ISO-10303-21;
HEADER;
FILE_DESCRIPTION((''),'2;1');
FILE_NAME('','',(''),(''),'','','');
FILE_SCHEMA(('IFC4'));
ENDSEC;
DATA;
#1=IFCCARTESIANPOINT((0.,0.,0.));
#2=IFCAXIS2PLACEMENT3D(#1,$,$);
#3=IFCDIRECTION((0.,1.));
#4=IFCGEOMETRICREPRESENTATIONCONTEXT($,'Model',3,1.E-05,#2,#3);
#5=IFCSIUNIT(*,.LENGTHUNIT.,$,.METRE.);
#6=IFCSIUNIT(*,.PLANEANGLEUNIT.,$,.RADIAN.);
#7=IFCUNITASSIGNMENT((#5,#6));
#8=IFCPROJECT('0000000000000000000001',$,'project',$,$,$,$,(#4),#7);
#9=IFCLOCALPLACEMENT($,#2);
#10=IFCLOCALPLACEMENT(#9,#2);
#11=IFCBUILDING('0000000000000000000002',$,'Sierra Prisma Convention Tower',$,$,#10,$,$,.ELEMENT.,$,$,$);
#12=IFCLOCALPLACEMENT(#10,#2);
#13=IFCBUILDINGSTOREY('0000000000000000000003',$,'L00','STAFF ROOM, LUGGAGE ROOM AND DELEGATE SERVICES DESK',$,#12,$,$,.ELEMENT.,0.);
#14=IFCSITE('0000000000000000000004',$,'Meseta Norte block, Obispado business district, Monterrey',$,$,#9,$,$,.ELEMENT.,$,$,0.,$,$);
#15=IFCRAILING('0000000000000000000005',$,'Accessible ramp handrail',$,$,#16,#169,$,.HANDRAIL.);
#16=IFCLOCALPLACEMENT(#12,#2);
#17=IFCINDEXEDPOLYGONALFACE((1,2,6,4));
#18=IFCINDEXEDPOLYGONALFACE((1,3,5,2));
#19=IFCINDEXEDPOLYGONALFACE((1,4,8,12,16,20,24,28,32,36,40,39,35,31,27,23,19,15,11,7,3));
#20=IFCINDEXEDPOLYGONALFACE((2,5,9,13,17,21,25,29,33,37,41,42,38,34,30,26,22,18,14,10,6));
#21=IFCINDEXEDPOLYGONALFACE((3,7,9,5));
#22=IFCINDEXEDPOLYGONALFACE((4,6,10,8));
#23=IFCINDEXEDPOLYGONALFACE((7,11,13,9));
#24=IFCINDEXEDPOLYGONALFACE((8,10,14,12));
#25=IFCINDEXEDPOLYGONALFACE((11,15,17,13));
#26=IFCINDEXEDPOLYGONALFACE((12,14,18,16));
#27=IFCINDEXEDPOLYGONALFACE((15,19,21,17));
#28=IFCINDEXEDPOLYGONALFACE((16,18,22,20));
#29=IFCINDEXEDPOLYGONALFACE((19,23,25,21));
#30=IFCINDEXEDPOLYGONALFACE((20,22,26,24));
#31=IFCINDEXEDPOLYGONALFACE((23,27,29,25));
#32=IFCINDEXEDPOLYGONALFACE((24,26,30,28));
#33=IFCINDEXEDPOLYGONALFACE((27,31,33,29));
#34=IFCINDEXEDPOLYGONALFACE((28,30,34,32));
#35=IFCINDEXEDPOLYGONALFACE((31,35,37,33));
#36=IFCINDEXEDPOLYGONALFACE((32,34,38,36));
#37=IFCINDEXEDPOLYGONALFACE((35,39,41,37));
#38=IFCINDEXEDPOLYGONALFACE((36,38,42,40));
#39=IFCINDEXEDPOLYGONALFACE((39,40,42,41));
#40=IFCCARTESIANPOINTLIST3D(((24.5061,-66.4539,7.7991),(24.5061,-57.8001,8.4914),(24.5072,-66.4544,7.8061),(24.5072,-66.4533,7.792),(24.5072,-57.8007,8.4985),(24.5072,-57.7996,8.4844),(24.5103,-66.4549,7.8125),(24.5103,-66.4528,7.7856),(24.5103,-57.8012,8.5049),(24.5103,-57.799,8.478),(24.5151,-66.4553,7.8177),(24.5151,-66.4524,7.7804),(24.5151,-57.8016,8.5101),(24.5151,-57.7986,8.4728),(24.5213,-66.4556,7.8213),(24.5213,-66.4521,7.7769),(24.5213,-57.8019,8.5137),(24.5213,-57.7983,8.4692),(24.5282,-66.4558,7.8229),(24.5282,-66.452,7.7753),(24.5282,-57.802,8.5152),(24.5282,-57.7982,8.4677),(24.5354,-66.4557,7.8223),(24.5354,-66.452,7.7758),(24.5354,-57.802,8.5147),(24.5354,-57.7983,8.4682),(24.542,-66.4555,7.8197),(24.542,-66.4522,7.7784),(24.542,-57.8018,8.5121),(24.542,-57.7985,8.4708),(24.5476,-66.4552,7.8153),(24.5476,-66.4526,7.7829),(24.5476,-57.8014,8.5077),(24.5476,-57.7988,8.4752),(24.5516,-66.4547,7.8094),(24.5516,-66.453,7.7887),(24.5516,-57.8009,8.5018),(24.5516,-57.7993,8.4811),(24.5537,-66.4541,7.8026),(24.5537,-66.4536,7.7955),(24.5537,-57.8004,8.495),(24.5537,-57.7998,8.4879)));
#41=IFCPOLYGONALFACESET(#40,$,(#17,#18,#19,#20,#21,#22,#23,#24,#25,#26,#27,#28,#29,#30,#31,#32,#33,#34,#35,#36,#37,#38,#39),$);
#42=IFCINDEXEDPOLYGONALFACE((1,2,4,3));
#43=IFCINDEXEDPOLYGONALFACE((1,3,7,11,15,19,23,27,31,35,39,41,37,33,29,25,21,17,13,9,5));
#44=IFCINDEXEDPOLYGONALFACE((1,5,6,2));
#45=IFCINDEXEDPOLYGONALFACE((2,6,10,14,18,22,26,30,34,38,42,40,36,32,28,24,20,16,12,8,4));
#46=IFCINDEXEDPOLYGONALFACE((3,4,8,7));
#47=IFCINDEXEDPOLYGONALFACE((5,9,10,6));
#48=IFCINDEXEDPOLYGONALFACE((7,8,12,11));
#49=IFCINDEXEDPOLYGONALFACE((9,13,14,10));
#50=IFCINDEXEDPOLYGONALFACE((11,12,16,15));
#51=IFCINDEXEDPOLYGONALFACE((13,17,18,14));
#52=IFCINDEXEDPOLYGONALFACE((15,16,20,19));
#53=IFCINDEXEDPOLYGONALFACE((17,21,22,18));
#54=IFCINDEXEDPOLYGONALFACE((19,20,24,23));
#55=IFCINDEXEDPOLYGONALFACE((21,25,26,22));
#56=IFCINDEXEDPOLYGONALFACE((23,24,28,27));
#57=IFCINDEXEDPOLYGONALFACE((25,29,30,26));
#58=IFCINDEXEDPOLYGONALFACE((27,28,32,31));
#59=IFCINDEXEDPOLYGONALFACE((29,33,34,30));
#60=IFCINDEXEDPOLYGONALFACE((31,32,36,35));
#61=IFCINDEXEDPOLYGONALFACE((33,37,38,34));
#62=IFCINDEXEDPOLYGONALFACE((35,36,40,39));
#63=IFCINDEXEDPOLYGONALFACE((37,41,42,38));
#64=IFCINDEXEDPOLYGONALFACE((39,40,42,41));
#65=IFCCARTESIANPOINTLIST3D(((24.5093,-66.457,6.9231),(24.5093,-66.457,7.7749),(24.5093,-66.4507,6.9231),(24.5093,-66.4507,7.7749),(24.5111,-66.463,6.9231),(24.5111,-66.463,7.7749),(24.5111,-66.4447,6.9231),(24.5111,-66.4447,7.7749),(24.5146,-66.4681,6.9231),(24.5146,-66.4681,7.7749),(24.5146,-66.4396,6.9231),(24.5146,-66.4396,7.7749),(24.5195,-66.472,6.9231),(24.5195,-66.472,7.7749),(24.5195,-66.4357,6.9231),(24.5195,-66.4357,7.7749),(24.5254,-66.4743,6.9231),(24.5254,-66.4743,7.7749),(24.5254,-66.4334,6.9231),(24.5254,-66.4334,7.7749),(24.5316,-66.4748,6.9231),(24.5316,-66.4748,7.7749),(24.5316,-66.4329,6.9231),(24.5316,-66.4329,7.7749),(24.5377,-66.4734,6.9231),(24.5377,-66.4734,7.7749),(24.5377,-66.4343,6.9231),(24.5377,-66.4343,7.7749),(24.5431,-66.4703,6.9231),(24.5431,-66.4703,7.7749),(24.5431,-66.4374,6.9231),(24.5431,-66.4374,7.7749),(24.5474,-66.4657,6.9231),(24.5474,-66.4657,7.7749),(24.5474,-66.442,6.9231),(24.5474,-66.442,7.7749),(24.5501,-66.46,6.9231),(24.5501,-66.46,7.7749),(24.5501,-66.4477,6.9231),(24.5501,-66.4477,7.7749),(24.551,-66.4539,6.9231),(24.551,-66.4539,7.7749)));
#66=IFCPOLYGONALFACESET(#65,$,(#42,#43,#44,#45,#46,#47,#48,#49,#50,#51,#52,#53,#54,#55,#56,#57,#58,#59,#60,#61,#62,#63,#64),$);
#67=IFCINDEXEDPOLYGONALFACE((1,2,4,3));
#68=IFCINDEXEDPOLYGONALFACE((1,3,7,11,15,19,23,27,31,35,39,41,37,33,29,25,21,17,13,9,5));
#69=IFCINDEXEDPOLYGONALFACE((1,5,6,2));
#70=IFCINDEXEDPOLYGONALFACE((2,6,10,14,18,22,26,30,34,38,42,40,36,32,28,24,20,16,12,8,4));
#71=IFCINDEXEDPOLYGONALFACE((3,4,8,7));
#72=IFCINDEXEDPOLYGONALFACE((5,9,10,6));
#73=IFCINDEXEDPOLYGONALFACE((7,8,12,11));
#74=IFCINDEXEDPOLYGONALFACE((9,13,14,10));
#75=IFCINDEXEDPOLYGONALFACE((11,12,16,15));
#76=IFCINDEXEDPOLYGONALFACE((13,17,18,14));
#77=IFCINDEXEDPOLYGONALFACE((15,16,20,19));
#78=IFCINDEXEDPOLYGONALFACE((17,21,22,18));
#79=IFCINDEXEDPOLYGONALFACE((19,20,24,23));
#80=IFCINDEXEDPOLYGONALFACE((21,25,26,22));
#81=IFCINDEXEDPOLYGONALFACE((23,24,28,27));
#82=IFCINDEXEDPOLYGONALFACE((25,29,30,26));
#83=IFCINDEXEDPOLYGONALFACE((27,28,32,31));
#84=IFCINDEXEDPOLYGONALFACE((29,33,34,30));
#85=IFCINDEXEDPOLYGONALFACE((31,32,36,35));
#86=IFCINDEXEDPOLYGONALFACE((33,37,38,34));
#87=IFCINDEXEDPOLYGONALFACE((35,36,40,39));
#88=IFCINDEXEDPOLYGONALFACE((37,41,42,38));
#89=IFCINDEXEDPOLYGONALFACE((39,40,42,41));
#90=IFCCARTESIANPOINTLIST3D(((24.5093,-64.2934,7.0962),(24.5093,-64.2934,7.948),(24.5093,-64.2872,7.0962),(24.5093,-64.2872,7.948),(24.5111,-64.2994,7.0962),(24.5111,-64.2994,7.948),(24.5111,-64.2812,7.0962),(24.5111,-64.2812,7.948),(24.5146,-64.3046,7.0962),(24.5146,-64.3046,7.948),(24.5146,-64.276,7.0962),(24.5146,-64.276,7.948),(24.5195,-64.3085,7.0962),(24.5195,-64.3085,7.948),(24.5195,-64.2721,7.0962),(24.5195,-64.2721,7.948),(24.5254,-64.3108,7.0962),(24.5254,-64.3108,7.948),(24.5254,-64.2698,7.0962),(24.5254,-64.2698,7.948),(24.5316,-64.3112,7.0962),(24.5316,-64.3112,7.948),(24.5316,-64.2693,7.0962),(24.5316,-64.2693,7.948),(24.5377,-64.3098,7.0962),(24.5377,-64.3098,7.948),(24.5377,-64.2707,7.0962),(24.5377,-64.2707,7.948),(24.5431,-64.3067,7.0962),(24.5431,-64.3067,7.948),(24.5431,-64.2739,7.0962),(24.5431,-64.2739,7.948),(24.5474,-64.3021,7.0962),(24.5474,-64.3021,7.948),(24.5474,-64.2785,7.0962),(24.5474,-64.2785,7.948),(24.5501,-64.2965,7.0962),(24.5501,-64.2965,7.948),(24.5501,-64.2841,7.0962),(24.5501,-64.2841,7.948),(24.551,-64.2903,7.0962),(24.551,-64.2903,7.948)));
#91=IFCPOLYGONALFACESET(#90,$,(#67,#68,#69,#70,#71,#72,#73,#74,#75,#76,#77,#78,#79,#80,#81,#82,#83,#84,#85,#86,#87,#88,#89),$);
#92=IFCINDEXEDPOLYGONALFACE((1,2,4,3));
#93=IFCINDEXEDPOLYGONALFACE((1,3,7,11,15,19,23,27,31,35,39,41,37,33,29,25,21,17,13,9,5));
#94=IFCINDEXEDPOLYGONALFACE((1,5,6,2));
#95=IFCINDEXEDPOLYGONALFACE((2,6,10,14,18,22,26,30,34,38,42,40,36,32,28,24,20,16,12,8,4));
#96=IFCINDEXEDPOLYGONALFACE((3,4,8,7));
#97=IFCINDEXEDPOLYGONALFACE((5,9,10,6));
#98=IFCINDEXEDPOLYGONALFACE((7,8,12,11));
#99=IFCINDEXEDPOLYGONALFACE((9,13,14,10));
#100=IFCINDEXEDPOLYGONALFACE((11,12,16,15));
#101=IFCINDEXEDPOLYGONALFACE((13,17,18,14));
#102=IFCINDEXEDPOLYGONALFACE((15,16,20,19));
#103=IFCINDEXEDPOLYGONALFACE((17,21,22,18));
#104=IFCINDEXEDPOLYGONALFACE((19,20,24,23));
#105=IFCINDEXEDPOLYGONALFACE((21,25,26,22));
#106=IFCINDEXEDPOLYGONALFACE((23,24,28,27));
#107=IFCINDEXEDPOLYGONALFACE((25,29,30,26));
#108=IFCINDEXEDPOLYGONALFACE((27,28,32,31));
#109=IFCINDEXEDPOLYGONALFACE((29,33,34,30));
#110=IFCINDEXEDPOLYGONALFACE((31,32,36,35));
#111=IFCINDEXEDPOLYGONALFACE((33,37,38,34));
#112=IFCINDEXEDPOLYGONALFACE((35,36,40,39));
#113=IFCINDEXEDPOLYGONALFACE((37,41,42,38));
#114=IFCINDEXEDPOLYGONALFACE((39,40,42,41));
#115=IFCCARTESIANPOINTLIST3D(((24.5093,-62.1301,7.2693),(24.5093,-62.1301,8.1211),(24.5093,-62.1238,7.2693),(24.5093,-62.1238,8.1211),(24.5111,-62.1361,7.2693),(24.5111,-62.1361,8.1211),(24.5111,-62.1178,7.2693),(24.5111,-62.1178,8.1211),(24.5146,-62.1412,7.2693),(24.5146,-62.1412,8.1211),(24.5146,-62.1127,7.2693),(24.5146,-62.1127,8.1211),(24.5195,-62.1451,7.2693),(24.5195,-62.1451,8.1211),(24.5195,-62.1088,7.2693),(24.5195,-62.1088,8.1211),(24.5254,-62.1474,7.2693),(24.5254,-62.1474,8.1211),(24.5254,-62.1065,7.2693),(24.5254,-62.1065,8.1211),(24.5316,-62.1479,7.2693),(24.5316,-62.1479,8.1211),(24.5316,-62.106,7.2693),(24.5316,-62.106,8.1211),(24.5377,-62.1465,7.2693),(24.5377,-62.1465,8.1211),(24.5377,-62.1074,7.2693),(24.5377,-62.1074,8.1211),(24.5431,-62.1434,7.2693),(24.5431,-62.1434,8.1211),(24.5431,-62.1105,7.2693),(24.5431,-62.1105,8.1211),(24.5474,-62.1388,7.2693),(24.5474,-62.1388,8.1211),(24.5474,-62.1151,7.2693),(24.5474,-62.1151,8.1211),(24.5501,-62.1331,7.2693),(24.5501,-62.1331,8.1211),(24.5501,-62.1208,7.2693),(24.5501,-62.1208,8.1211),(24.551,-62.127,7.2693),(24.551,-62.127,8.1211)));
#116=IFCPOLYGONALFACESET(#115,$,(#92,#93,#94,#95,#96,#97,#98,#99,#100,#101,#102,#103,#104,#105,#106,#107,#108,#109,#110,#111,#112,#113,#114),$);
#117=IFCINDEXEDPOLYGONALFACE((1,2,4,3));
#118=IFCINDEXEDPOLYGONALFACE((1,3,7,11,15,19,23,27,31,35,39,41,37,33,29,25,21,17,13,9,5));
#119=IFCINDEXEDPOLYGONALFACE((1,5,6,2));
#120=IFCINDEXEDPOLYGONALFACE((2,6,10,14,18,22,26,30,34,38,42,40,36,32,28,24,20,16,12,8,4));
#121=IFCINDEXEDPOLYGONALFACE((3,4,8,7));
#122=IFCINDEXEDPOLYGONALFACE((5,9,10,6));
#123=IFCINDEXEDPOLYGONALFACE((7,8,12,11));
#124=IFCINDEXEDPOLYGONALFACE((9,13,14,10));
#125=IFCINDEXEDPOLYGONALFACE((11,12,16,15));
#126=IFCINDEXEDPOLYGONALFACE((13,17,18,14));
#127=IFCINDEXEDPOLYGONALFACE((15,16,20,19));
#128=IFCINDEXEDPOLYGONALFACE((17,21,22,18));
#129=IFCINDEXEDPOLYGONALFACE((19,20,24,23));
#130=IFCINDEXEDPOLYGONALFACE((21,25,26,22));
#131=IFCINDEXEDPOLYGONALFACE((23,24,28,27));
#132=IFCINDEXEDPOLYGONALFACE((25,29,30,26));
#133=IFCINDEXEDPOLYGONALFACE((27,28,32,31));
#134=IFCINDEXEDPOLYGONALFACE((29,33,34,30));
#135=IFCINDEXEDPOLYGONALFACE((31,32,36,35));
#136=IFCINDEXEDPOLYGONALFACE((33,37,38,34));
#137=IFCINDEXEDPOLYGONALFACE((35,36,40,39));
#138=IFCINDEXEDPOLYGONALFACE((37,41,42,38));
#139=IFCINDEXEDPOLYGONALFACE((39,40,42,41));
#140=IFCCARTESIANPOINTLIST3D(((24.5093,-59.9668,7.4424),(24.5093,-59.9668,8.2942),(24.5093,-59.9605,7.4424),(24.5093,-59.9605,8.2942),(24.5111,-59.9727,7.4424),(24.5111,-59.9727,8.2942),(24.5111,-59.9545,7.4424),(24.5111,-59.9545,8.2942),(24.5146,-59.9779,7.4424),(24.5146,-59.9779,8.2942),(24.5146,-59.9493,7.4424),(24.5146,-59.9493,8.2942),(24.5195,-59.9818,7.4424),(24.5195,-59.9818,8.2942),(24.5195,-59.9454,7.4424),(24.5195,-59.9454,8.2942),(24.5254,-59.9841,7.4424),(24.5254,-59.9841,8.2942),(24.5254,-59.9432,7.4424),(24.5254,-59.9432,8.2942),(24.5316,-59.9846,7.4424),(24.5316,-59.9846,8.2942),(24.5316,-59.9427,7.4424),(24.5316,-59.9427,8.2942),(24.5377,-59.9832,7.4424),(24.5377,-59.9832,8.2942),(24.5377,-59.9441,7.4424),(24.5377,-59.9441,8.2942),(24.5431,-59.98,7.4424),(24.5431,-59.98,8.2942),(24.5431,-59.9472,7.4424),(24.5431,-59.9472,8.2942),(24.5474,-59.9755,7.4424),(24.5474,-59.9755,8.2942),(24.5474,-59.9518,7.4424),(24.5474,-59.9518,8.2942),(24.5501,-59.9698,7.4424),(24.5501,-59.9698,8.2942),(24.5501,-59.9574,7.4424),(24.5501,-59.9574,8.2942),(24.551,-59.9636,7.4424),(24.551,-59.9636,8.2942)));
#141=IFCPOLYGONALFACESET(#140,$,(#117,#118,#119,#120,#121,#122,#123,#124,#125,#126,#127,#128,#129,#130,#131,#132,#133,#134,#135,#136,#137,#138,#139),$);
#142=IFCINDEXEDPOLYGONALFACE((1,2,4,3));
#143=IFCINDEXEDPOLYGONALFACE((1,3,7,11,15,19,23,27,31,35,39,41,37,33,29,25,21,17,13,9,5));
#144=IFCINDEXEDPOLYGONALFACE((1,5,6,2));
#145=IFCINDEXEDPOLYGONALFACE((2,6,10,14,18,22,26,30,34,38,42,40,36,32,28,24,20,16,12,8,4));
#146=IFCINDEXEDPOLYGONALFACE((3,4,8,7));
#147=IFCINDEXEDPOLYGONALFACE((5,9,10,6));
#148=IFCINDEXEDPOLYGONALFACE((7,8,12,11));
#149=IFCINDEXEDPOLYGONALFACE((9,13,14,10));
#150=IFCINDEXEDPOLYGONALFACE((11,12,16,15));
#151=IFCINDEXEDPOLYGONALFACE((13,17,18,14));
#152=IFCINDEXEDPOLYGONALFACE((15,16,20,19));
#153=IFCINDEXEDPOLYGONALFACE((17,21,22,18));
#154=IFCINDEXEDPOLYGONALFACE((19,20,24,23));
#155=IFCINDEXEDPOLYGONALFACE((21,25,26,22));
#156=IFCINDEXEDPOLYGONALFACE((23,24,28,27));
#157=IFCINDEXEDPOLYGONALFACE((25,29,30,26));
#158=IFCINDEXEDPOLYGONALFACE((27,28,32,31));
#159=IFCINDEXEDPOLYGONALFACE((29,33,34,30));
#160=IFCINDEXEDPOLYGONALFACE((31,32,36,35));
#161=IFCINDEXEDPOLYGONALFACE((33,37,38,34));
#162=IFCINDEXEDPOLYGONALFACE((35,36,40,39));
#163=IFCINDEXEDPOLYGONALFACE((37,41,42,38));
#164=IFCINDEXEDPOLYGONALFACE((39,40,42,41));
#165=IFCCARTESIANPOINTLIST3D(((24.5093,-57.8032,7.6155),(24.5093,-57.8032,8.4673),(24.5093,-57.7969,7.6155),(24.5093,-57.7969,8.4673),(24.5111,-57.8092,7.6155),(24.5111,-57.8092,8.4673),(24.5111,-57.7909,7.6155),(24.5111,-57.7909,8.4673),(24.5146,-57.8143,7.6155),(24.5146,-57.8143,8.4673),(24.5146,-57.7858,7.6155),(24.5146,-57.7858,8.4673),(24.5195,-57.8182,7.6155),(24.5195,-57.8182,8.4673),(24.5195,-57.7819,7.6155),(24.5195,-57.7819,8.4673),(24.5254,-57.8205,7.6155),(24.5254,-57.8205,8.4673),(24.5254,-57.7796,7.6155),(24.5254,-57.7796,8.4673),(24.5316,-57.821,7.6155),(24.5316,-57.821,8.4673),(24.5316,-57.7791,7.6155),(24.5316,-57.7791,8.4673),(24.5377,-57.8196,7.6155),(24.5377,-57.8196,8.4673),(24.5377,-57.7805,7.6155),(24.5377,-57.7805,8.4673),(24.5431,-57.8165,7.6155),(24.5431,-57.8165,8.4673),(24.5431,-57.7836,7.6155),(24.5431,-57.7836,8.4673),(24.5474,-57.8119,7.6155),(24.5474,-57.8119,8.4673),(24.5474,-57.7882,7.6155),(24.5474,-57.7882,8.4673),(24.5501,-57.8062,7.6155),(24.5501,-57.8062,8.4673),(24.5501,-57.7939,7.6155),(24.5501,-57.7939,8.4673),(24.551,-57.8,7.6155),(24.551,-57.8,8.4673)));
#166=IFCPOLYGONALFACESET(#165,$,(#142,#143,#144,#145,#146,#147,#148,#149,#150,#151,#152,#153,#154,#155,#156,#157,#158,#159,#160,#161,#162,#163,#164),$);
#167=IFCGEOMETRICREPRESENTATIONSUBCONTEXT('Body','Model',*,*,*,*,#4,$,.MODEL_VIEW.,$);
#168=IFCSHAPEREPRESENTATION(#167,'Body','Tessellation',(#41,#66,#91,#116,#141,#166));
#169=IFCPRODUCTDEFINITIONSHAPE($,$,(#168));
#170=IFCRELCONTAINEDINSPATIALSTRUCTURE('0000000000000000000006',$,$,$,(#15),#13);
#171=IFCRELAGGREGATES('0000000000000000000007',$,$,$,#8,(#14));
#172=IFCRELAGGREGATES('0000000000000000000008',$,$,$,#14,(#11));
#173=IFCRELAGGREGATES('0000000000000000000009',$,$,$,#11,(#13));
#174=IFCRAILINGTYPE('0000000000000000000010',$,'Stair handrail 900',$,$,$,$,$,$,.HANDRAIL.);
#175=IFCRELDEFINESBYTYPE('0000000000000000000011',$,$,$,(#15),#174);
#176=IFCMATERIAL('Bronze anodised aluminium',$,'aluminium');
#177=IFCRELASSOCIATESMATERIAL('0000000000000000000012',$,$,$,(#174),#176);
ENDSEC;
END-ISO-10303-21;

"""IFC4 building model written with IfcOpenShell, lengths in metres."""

from ifc_helpers import new_model, si_unit, direction, frame, origin, origin_2d, place, context, subcontext, project, spatial, circle, extrude, material, type_object, element, save


model = new_model("IFC4")

# Units and contexts
model_context = context("Model", 3, precision=1e-05, world=origin(), true_north=direction((0.0, 1.0)))
body_context = subcontext(model_context, "Body", "Model", "MODEL_VIEW")
ifc_project = project(units=[si_unit("LENGTHUNIT", "METRE"), si_unit("PLANEANGLEUNIT", "RADIAN")], contexts=[model_context])

# Site, building, storey
site_placement = place(None, origin())
site = spatial("IfcSite", under=ifc_project, at=site_placement, Name="Meseta Norte block, Obispado business district, Monterrey", CompositionType="ELEMENT", RefElevation=0.0)
building_placement = place(site_placement, origin())
building = spatial("IfcBuilding", under=site, at=building_placement, Name="Sierra Prisma Convention Tower", CompositionType="ELEMENT")
storey_placement = place(building_placement, origin())
storey = spatial("IfcBuildingStorey", under=building, at=storey_placement, Name="L00", Description="STAFF ROOM, LUGGAGE ROOM AND DELEGATE SERVICES DESK", CompositionType="ELEMENT", Elevation=0.0)

# Railing
ifc_material_1 = material(Name="Bronze anodised aluminium", Category="aluminium")
railing_type_1 = type_object("IfcRailingType", Name="Stair handrail 900", PredefinedType="HANDRAIL", material=ifc_material_1)
for number, where, name in (
    (1, (24.53, -66.4539, 6.9231), "Accessible ramp handrail"),
):
    element("IfcRailing", number, at=place(storey_placement, frame(where)), inside=storey, type_object=railing_type_1, Name=name, PredefinedType="HANDRAIL", context=body_context, shape_type="SweptSolid", body=[
        extrude(circle(Radius=0.0239, at=origin_2d()), frame((0.0, 0.0, 0.876), z_axis=(0.0, 0.996815, 0.079754), x_axis=(-1.0, 0.0, 0.0)), (0.0, 0.0, 1.0), 8.6814),
        extrude(circle(Radius=0.021, at=origin_2d()), origin(), (0.0, 0.0, 1.0), 0.8518),
        extrude(circle(Radius=0.021, at=origin_2d()), frame((0.0, 2.1636, 0.1731)), (0.0, 0.0, 1.0), 0.8518),
        extrude(circle(Radius=0.021, at=origin_2d()), frame((0.0, 4.3269, 0.3462)), (0.0, 0.0, 1.0), 0.8518),
        extrude(circle(Radius=0.021, at=origin_2d()), frame((0.0, 6.4902, 0.5193)), (0.0, 0.0, 1.0), 0.8518),
        extrude(circle(Radius=0.021, at=origin_2d()), frame((0.0, 8.6538, 0.6924)), (0.0, 0.0, 1.0), 0.8518),
    ])

save(model, "model.ifc")
